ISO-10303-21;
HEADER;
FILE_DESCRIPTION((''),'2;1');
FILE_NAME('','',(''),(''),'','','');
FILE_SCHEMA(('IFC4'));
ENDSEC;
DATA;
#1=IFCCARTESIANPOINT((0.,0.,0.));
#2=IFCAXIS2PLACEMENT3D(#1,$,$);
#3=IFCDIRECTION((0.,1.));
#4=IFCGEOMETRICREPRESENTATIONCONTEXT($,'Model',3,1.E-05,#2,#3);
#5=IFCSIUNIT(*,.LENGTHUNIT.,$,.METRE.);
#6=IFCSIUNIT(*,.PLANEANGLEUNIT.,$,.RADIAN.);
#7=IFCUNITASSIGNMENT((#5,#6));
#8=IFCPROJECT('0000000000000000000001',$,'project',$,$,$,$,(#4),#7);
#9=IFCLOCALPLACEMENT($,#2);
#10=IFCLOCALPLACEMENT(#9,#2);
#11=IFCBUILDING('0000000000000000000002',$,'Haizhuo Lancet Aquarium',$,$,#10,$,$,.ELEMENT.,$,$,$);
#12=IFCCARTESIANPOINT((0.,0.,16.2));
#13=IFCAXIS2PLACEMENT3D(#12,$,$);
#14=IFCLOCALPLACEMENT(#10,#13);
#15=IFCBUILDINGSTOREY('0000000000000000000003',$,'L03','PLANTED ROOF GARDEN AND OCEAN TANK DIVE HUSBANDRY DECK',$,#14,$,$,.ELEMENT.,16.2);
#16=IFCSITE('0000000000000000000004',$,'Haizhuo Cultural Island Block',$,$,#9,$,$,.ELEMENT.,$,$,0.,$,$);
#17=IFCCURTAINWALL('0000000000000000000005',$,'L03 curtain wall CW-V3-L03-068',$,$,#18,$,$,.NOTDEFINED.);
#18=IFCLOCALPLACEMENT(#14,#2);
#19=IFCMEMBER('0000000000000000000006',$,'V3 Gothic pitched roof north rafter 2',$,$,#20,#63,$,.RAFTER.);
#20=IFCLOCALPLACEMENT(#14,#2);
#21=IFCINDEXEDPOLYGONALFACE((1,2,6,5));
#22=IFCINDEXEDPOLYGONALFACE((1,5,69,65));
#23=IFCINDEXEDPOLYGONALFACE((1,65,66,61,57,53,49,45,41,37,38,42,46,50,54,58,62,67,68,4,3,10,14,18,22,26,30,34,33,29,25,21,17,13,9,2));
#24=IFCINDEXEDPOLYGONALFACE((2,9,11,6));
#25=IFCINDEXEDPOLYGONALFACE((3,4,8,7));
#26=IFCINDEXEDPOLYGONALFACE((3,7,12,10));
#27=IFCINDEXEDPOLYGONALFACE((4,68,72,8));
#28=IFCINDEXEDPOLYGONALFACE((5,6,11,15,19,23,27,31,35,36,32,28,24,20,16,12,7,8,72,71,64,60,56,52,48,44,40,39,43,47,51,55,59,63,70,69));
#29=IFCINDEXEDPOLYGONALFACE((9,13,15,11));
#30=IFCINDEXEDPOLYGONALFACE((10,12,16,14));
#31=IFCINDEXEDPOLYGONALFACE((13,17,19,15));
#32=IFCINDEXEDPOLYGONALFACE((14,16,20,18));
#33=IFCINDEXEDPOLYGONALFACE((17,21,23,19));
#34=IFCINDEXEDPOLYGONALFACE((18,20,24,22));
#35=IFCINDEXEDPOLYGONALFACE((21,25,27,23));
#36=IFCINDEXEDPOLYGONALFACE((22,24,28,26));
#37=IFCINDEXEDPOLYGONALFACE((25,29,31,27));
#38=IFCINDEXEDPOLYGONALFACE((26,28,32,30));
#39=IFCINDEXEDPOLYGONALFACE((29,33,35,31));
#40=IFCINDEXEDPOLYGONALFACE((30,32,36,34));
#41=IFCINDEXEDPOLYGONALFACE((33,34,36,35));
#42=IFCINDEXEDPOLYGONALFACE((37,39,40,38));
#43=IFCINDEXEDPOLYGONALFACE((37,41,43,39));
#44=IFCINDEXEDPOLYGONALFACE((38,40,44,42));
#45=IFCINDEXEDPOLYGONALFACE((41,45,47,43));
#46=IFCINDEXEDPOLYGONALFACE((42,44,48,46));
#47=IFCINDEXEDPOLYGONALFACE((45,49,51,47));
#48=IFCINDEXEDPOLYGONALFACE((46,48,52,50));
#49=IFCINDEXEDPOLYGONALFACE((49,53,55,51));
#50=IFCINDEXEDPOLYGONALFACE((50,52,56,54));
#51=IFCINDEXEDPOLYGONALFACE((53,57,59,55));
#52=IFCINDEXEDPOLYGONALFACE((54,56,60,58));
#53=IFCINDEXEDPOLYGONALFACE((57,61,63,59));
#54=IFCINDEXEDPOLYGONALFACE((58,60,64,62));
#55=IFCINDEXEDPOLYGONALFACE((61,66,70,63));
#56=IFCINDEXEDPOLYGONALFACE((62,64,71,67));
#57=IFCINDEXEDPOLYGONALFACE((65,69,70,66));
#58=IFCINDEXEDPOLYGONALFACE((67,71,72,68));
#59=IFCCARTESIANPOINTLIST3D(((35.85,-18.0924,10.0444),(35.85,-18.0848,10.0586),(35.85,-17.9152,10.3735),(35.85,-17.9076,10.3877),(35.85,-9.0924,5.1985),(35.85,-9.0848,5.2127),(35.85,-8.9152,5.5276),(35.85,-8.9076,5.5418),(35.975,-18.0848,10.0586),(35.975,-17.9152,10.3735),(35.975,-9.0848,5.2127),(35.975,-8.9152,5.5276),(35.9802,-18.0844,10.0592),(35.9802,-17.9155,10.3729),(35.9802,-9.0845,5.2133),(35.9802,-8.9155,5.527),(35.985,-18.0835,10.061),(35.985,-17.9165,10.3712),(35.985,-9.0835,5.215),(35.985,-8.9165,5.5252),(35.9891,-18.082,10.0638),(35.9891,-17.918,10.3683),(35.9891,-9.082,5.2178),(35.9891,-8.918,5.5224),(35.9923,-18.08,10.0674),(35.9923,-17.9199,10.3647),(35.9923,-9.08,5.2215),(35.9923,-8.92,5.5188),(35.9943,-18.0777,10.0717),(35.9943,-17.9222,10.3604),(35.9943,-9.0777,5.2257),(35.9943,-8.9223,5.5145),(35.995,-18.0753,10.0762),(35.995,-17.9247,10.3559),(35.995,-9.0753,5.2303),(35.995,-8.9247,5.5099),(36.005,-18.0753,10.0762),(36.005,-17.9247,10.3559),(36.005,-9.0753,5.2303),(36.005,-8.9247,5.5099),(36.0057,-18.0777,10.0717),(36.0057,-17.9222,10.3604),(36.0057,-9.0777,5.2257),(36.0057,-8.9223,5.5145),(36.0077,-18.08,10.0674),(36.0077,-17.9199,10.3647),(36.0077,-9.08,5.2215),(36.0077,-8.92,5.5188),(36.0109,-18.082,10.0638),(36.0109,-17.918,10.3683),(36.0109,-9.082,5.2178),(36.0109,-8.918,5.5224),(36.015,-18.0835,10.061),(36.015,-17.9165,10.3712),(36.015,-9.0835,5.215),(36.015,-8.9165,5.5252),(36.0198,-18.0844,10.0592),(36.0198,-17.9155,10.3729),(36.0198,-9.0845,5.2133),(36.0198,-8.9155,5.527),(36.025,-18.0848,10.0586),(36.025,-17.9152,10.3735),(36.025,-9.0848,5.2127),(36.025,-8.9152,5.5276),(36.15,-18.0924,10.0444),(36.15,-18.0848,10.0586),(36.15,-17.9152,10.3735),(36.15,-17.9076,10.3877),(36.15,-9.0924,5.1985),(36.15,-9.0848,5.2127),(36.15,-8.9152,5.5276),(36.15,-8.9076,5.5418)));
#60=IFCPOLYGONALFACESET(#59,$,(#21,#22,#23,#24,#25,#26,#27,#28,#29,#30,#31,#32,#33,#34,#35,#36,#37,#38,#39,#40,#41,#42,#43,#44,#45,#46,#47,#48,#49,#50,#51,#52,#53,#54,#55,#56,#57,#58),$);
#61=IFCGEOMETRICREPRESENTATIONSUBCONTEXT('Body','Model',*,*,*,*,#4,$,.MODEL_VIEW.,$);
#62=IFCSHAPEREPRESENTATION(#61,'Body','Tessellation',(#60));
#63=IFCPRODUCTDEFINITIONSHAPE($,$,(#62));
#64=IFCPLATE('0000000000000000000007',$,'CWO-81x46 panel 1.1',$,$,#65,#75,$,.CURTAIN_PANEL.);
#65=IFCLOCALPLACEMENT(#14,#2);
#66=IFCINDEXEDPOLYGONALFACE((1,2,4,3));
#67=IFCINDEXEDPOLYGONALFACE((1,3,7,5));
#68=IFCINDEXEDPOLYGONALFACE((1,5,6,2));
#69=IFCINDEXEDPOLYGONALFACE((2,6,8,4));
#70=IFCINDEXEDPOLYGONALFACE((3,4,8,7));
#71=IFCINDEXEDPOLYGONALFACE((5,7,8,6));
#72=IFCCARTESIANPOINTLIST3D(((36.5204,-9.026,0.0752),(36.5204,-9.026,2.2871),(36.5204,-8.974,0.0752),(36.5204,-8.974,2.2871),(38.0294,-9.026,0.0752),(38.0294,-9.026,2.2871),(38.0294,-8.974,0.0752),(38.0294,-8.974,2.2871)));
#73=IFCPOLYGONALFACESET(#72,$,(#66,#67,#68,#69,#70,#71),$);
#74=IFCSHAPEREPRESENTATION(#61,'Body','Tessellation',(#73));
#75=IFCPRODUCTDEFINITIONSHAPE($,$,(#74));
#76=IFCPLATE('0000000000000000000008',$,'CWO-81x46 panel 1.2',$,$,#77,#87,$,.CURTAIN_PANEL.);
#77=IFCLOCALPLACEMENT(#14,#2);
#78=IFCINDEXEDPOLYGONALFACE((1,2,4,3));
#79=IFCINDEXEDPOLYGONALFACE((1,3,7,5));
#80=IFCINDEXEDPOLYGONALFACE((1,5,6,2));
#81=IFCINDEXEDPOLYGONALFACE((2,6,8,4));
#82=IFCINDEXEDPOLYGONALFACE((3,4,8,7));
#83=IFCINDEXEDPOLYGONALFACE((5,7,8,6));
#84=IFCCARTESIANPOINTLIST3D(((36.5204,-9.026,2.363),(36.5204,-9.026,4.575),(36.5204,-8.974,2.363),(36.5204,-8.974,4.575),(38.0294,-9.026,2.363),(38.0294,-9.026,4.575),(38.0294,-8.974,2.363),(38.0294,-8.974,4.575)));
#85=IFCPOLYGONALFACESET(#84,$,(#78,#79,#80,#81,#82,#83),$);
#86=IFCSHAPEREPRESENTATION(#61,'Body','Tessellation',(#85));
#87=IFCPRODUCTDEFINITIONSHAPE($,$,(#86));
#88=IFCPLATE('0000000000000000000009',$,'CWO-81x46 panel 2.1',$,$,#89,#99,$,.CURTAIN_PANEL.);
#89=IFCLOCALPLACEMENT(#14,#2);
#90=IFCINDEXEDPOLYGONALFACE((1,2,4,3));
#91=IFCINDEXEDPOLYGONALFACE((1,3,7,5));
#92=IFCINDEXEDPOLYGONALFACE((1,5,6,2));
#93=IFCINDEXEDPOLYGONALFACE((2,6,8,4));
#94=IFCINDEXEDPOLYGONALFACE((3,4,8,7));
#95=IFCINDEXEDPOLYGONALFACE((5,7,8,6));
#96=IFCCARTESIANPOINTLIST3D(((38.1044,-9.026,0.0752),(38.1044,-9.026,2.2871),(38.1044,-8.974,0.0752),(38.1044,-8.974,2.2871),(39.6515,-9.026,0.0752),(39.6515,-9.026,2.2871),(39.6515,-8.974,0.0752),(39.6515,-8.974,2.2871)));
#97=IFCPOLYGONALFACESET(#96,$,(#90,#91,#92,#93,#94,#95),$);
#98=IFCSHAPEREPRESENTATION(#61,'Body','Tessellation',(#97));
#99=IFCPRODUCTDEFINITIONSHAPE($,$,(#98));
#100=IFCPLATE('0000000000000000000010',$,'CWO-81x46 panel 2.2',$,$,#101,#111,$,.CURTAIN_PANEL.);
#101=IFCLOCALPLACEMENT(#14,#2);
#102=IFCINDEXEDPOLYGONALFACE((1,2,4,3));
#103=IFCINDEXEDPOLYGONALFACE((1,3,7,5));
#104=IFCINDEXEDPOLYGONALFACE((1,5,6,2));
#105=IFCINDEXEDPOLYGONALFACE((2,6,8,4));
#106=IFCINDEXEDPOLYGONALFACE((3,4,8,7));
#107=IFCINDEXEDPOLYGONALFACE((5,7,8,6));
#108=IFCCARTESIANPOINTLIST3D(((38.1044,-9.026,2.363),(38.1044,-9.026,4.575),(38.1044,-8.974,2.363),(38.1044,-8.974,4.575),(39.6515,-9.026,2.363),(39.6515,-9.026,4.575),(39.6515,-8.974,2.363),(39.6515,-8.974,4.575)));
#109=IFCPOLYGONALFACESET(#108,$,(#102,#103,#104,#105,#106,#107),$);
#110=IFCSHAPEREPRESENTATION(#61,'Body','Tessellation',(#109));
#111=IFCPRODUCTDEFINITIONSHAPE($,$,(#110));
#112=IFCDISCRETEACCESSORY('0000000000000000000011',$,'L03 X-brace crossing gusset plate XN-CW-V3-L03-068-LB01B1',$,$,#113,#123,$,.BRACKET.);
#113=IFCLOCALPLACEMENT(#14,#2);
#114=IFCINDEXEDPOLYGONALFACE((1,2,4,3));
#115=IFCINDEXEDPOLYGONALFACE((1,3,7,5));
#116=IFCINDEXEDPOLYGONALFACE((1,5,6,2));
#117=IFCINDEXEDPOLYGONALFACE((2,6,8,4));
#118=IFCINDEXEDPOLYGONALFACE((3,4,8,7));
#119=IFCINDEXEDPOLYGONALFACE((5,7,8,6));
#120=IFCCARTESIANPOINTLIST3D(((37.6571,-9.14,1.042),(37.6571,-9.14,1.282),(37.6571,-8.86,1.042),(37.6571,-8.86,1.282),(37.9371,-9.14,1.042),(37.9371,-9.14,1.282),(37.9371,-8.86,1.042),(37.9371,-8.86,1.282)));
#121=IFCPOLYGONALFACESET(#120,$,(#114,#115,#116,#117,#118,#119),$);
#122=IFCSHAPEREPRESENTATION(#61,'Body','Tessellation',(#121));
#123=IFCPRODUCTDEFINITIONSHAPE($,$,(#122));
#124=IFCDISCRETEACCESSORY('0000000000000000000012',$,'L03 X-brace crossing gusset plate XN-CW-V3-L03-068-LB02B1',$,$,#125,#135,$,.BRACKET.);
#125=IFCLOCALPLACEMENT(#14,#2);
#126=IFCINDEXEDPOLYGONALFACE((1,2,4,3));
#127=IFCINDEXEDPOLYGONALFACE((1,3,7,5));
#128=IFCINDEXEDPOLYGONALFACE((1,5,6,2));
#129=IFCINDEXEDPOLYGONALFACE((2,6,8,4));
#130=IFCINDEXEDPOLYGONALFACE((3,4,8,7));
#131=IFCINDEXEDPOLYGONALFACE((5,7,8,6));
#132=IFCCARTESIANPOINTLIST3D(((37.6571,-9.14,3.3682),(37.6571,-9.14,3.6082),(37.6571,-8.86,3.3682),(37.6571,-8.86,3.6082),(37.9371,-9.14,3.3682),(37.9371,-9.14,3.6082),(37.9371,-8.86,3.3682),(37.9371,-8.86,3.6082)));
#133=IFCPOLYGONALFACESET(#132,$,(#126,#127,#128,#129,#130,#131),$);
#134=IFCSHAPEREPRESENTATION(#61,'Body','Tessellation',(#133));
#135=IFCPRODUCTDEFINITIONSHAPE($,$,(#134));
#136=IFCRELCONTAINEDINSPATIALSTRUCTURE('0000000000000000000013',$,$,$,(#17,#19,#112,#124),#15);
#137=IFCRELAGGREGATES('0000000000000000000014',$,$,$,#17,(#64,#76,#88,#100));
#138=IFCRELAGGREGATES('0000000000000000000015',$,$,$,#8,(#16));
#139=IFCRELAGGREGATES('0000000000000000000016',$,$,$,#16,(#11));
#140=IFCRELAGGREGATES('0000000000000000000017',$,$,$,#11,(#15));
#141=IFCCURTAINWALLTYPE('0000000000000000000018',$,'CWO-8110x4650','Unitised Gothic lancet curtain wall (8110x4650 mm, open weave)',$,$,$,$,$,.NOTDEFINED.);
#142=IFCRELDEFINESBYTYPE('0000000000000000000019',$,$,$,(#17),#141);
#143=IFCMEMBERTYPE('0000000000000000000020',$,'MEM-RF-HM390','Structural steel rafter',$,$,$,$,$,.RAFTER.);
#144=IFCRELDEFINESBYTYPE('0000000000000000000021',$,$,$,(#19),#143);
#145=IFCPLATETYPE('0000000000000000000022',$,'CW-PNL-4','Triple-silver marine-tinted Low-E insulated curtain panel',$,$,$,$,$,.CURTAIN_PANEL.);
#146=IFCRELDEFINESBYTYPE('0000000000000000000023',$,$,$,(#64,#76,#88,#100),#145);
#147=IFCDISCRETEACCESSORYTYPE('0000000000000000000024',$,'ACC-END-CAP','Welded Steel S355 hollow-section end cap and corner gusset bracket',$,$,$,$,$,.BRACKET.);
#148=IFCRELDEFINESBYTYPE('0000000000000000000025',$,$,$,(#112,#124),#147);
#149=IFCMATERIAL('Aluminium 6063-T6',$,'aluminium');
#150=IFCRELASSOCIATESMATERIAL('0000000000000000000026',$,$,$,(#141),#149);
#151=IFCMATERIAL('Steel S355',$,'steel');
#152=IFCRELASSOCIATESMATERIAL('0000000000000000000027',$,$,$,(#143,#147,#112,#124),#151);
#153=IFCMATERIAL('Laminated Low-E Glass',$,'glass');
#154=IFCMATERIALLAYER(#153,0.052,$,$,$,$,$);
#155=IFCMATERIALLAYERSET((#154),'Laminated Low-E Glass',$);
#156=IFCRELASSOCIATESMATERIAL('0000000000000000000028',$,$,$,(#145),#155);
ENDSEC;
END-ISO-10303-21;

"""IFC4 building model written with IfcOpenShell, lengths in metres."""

from ifc_helpers import new_model, si_unit, direction, frame, origin, origin_2d, place, context, subcontext, project, spatial, rectangle, i_section, extrude, material, layer, layer_set, material_profile, profile_set, type_object, element, aggregate, save


model = new_model("IFC4")

# Units and contexts
model_context = context("Model", 3, precision=1e-05, world=origin(), true_north=direction((0.0, 1.0)))
body_context = subcontext(model_context, "Body", "Model", "MODEL_VIEW")
ifc_project = project(units=[si_unit("LENGTHUNIT", "METRE"), si_unit("PLANEANGLEUNIT", "RADIAN")], contexts=[model_context])

# Site, building, storey
site_placement = place(None, origin())
site = spatial("IfcSite", under=ifc_project, at=site_placement, Name="Haizhuo Cultural Island Block", CompositionType="ELEMENT", RefElevation=0.0)
building_placement = place(site_placement, origin())
building = spatial("IfcBuilding", under=site, at=building_placement, Name="Haizhuo Lancet Aquarium", CompositionType="ELEMENT")
storey_placement = place(building_placement, frame((0.0, 0.0, 16.2)))
storey = spatial("IfcBuildingStorey", under=building, at=storey_placement, Name="L03", Description="PLANTED ROOF GARDEN AND OCEAN TANK DIVE HUSBANDRY DECK", CompositionType="ELEMENT", Elevation=16.2)

# Curtain wall
ifc_material_1 = material(Name="Aluminium 6063-T6", Category="aluminium")
curtain_wall_type = type_object("IfcCurtainWallType", Name="CWO-8110x4650", Description="Unitised Gothic lancet curtain wall (8110x4650 mm, open weave)", PredefinedType="NOTDEFINED", material=ifc_material_1)
curtain_wall_placement = place(storey_placement, origin())
curtain_wall = element("IfcCurtainWall", 1, at=curtain_wall_placement, inside=storey, type_object=curtain_wall_type, Name="L03 curtain wall CW-V3-L03-068", PredefinedType="NOTDEFINED")

# Member
ifc_material_2 = material(Name="Steel S355", Category="steel")
ifc_material_profile_1 = material_profile(ifc_material_2, i_section(OverallWidth=0.3, OverallDepth=0.3899, WebThickness=0.01, FlangeThickness=0.0161, FilletRadius=0.02, at=origin_2d()), Name="HM 390x300x10x16")
ifc_profile_set_1 = profile_set([ifc_material_profile_1], Name="Steel S355")
member_type_1 = type_object("IfcMemberType", Name="MEM-RF-HM390", Description="Structural steel rafter", PredefinedType="RAFTER", material=ifc_profile_set_1)
member_1_placement = place(storey_placement, frame((36.0, -9.0, 5.3701), z_axis=(0.0, -0.88048, 0.474084), x_axis=(1.0, 0.0, 0.0)))
element("IfcMember", 2, at=member_1_placement, inside=storey, type_object=member_type_1, Name="V3 Gothic pitched roof north rafter 2", PredefinedType="RAFTER", context=body_context, shape_type="SweptSolid", body=[
    extrude(i_section(OverallWidth=0.3, OverallDepth=0.3899, WebThickness=0.01, FlangeThickness=0.0161, FilletRadius=0.02, at=origin_2d()), origin(), (0.0, 0.0, 1.0), 10.2217),
])

# Plates
ifc_material_3 = material(Name="Laminated Low-E Glass", Category="glass")
ifc_layer = layer(ifc_material_3, 0.052)
ifc_layer_set = layer_set([ifc_layer], Name="Laminated Low-E Glass")
plate_type = type_object("IfcPlateType", Name="CW-PNL-4", Description="Triple-silver marine-tinted Low-E insulated curtain panel", PredefinedType="CURTAIN_PANEL", material=ifc_layer_set)
plate_1_placement = place(storey_placement, frame((37.2749, -9.0, 0.0752), z_axis=(0.0, 0.0, 1.0), x_axis=(1.0, 0.0, 0.0)))
plate_1 = element("IfcPlate", 3, at=plate_1_placement, type_object=plate_type, Name="CWO-81x46 panel 1.1", PredefinedType="CURTAIN_PANEL", context=body_context, shape_type="SweptSolid", body=[
    extrude(rectangle(XDim=1.509, YDim=0.052, at=origin_2d()), origin(), (0.0, 0.0, 1.0), 2.2119),
])
plate_2_placement = place(storey_placement, frame((37.2749, -9.0, 2.363), z_axis=(0.0, 0.0, 1.0), x_axis=(1.0, 0.0, 0.0)))
plate_2 = element("IfcPlate", 4, at=plate_2_placement, type_object=plate_type, Name="CWO-81x46 panel 1.2", PredefinedType="CURTAIN_PANEL", context=body_context, shape_type="SweptSolid", body=[
    extrude(rectangle(XDim=1.509, YDim=0.052, at=origin_2d()), origin(), (0.0, 0.0, 1.0), 2.2119),
])
plate_3_placement = place(storey_placement, frame((38.8779, -9.0, 0.0752), z_axis=(0.0, 0.0, 1.0), x_axis=(1.0, 0.0, 0.0)))
plate_3 = element("IfcPlate", 5, at=plate_3_placement, type_object=plate_type, Name="CWO-81x46 panel 2.1", PredefinedType="CURTAIN_PANEL", context=body_context, shape_type="SweptSolid", body=[
    extrude(rectangle(XDim=1.5471, YDim=0.052, at=origin_2d()), origin(), (0.0, 0.0, 1.0), 2.2119),
])
plate_4_placement = place(storey_placement, frame((38.8779, -9.0, 2.363), z_axis=(0.0, 0.0, 1.0), x_axis=(1.0, 0.0, 0.0)))
plate_4 = element("IfcPlate", 6, at=plate_4_placement, type_object=plate_type, Name="CWO-81x46 panel 2.2", PredefinedType="CURTAIN_PANEL", context=body_context, shape_type="SweptSolid", body=[
    extrude(rectangle(XDim=1.5471, YDim=0.052, at=origin_2d()), origin(), (0.0, 0.0, 1.0), 2.2119),
])
aggregate(curtain_wall, [plate_1, plate_2, plate_3, plate_4])

# Discrete accessories
discrete_accessory_type = type_object("IfcDiscreteAccessoryType", Name="ACC-END-CAP", Description="Welded Steel S355 hollow-section end cap and corner gusset bracket", PredefinedType="BRACKET", material=ifc_material_2)
for number, where, z_axis, x_axis, name in (
    (7, (37.7971, -9.0, 1.042), (0.0, 0.0, 1.0), (1.0, 0.0, 0.0), "L03 X-brace crossing gusset plate XN-CW-V3-L03-068-LB01B1"),
    (8, (37.7971, -9.0, 3.3682), (0.0, 0.0, 1.0), (1.0, 0.0, 0.0), "L03 X-brace crossing gusset plate XN-CW-V3-L03-068-LB02B1"),
):
    element("IfcDiscreteAccessory", number, at=place(storey_placement, frame(where, z_axis=z_axis, x_axis=x_axis)), inside=storey, type_object=discrete_accessory_type, material=ifc_material_2, Name=name, PredefinedType="BRACKET", context=body_context, shape_type="SweptSolid", body=[
        extrude(rectangle(XDim=0.28, YDim=0.28, at=origin_2d()), origin(), (0.0, 0.0, 1.0), 0.24),
    ])

save(model, "model.ifc")
